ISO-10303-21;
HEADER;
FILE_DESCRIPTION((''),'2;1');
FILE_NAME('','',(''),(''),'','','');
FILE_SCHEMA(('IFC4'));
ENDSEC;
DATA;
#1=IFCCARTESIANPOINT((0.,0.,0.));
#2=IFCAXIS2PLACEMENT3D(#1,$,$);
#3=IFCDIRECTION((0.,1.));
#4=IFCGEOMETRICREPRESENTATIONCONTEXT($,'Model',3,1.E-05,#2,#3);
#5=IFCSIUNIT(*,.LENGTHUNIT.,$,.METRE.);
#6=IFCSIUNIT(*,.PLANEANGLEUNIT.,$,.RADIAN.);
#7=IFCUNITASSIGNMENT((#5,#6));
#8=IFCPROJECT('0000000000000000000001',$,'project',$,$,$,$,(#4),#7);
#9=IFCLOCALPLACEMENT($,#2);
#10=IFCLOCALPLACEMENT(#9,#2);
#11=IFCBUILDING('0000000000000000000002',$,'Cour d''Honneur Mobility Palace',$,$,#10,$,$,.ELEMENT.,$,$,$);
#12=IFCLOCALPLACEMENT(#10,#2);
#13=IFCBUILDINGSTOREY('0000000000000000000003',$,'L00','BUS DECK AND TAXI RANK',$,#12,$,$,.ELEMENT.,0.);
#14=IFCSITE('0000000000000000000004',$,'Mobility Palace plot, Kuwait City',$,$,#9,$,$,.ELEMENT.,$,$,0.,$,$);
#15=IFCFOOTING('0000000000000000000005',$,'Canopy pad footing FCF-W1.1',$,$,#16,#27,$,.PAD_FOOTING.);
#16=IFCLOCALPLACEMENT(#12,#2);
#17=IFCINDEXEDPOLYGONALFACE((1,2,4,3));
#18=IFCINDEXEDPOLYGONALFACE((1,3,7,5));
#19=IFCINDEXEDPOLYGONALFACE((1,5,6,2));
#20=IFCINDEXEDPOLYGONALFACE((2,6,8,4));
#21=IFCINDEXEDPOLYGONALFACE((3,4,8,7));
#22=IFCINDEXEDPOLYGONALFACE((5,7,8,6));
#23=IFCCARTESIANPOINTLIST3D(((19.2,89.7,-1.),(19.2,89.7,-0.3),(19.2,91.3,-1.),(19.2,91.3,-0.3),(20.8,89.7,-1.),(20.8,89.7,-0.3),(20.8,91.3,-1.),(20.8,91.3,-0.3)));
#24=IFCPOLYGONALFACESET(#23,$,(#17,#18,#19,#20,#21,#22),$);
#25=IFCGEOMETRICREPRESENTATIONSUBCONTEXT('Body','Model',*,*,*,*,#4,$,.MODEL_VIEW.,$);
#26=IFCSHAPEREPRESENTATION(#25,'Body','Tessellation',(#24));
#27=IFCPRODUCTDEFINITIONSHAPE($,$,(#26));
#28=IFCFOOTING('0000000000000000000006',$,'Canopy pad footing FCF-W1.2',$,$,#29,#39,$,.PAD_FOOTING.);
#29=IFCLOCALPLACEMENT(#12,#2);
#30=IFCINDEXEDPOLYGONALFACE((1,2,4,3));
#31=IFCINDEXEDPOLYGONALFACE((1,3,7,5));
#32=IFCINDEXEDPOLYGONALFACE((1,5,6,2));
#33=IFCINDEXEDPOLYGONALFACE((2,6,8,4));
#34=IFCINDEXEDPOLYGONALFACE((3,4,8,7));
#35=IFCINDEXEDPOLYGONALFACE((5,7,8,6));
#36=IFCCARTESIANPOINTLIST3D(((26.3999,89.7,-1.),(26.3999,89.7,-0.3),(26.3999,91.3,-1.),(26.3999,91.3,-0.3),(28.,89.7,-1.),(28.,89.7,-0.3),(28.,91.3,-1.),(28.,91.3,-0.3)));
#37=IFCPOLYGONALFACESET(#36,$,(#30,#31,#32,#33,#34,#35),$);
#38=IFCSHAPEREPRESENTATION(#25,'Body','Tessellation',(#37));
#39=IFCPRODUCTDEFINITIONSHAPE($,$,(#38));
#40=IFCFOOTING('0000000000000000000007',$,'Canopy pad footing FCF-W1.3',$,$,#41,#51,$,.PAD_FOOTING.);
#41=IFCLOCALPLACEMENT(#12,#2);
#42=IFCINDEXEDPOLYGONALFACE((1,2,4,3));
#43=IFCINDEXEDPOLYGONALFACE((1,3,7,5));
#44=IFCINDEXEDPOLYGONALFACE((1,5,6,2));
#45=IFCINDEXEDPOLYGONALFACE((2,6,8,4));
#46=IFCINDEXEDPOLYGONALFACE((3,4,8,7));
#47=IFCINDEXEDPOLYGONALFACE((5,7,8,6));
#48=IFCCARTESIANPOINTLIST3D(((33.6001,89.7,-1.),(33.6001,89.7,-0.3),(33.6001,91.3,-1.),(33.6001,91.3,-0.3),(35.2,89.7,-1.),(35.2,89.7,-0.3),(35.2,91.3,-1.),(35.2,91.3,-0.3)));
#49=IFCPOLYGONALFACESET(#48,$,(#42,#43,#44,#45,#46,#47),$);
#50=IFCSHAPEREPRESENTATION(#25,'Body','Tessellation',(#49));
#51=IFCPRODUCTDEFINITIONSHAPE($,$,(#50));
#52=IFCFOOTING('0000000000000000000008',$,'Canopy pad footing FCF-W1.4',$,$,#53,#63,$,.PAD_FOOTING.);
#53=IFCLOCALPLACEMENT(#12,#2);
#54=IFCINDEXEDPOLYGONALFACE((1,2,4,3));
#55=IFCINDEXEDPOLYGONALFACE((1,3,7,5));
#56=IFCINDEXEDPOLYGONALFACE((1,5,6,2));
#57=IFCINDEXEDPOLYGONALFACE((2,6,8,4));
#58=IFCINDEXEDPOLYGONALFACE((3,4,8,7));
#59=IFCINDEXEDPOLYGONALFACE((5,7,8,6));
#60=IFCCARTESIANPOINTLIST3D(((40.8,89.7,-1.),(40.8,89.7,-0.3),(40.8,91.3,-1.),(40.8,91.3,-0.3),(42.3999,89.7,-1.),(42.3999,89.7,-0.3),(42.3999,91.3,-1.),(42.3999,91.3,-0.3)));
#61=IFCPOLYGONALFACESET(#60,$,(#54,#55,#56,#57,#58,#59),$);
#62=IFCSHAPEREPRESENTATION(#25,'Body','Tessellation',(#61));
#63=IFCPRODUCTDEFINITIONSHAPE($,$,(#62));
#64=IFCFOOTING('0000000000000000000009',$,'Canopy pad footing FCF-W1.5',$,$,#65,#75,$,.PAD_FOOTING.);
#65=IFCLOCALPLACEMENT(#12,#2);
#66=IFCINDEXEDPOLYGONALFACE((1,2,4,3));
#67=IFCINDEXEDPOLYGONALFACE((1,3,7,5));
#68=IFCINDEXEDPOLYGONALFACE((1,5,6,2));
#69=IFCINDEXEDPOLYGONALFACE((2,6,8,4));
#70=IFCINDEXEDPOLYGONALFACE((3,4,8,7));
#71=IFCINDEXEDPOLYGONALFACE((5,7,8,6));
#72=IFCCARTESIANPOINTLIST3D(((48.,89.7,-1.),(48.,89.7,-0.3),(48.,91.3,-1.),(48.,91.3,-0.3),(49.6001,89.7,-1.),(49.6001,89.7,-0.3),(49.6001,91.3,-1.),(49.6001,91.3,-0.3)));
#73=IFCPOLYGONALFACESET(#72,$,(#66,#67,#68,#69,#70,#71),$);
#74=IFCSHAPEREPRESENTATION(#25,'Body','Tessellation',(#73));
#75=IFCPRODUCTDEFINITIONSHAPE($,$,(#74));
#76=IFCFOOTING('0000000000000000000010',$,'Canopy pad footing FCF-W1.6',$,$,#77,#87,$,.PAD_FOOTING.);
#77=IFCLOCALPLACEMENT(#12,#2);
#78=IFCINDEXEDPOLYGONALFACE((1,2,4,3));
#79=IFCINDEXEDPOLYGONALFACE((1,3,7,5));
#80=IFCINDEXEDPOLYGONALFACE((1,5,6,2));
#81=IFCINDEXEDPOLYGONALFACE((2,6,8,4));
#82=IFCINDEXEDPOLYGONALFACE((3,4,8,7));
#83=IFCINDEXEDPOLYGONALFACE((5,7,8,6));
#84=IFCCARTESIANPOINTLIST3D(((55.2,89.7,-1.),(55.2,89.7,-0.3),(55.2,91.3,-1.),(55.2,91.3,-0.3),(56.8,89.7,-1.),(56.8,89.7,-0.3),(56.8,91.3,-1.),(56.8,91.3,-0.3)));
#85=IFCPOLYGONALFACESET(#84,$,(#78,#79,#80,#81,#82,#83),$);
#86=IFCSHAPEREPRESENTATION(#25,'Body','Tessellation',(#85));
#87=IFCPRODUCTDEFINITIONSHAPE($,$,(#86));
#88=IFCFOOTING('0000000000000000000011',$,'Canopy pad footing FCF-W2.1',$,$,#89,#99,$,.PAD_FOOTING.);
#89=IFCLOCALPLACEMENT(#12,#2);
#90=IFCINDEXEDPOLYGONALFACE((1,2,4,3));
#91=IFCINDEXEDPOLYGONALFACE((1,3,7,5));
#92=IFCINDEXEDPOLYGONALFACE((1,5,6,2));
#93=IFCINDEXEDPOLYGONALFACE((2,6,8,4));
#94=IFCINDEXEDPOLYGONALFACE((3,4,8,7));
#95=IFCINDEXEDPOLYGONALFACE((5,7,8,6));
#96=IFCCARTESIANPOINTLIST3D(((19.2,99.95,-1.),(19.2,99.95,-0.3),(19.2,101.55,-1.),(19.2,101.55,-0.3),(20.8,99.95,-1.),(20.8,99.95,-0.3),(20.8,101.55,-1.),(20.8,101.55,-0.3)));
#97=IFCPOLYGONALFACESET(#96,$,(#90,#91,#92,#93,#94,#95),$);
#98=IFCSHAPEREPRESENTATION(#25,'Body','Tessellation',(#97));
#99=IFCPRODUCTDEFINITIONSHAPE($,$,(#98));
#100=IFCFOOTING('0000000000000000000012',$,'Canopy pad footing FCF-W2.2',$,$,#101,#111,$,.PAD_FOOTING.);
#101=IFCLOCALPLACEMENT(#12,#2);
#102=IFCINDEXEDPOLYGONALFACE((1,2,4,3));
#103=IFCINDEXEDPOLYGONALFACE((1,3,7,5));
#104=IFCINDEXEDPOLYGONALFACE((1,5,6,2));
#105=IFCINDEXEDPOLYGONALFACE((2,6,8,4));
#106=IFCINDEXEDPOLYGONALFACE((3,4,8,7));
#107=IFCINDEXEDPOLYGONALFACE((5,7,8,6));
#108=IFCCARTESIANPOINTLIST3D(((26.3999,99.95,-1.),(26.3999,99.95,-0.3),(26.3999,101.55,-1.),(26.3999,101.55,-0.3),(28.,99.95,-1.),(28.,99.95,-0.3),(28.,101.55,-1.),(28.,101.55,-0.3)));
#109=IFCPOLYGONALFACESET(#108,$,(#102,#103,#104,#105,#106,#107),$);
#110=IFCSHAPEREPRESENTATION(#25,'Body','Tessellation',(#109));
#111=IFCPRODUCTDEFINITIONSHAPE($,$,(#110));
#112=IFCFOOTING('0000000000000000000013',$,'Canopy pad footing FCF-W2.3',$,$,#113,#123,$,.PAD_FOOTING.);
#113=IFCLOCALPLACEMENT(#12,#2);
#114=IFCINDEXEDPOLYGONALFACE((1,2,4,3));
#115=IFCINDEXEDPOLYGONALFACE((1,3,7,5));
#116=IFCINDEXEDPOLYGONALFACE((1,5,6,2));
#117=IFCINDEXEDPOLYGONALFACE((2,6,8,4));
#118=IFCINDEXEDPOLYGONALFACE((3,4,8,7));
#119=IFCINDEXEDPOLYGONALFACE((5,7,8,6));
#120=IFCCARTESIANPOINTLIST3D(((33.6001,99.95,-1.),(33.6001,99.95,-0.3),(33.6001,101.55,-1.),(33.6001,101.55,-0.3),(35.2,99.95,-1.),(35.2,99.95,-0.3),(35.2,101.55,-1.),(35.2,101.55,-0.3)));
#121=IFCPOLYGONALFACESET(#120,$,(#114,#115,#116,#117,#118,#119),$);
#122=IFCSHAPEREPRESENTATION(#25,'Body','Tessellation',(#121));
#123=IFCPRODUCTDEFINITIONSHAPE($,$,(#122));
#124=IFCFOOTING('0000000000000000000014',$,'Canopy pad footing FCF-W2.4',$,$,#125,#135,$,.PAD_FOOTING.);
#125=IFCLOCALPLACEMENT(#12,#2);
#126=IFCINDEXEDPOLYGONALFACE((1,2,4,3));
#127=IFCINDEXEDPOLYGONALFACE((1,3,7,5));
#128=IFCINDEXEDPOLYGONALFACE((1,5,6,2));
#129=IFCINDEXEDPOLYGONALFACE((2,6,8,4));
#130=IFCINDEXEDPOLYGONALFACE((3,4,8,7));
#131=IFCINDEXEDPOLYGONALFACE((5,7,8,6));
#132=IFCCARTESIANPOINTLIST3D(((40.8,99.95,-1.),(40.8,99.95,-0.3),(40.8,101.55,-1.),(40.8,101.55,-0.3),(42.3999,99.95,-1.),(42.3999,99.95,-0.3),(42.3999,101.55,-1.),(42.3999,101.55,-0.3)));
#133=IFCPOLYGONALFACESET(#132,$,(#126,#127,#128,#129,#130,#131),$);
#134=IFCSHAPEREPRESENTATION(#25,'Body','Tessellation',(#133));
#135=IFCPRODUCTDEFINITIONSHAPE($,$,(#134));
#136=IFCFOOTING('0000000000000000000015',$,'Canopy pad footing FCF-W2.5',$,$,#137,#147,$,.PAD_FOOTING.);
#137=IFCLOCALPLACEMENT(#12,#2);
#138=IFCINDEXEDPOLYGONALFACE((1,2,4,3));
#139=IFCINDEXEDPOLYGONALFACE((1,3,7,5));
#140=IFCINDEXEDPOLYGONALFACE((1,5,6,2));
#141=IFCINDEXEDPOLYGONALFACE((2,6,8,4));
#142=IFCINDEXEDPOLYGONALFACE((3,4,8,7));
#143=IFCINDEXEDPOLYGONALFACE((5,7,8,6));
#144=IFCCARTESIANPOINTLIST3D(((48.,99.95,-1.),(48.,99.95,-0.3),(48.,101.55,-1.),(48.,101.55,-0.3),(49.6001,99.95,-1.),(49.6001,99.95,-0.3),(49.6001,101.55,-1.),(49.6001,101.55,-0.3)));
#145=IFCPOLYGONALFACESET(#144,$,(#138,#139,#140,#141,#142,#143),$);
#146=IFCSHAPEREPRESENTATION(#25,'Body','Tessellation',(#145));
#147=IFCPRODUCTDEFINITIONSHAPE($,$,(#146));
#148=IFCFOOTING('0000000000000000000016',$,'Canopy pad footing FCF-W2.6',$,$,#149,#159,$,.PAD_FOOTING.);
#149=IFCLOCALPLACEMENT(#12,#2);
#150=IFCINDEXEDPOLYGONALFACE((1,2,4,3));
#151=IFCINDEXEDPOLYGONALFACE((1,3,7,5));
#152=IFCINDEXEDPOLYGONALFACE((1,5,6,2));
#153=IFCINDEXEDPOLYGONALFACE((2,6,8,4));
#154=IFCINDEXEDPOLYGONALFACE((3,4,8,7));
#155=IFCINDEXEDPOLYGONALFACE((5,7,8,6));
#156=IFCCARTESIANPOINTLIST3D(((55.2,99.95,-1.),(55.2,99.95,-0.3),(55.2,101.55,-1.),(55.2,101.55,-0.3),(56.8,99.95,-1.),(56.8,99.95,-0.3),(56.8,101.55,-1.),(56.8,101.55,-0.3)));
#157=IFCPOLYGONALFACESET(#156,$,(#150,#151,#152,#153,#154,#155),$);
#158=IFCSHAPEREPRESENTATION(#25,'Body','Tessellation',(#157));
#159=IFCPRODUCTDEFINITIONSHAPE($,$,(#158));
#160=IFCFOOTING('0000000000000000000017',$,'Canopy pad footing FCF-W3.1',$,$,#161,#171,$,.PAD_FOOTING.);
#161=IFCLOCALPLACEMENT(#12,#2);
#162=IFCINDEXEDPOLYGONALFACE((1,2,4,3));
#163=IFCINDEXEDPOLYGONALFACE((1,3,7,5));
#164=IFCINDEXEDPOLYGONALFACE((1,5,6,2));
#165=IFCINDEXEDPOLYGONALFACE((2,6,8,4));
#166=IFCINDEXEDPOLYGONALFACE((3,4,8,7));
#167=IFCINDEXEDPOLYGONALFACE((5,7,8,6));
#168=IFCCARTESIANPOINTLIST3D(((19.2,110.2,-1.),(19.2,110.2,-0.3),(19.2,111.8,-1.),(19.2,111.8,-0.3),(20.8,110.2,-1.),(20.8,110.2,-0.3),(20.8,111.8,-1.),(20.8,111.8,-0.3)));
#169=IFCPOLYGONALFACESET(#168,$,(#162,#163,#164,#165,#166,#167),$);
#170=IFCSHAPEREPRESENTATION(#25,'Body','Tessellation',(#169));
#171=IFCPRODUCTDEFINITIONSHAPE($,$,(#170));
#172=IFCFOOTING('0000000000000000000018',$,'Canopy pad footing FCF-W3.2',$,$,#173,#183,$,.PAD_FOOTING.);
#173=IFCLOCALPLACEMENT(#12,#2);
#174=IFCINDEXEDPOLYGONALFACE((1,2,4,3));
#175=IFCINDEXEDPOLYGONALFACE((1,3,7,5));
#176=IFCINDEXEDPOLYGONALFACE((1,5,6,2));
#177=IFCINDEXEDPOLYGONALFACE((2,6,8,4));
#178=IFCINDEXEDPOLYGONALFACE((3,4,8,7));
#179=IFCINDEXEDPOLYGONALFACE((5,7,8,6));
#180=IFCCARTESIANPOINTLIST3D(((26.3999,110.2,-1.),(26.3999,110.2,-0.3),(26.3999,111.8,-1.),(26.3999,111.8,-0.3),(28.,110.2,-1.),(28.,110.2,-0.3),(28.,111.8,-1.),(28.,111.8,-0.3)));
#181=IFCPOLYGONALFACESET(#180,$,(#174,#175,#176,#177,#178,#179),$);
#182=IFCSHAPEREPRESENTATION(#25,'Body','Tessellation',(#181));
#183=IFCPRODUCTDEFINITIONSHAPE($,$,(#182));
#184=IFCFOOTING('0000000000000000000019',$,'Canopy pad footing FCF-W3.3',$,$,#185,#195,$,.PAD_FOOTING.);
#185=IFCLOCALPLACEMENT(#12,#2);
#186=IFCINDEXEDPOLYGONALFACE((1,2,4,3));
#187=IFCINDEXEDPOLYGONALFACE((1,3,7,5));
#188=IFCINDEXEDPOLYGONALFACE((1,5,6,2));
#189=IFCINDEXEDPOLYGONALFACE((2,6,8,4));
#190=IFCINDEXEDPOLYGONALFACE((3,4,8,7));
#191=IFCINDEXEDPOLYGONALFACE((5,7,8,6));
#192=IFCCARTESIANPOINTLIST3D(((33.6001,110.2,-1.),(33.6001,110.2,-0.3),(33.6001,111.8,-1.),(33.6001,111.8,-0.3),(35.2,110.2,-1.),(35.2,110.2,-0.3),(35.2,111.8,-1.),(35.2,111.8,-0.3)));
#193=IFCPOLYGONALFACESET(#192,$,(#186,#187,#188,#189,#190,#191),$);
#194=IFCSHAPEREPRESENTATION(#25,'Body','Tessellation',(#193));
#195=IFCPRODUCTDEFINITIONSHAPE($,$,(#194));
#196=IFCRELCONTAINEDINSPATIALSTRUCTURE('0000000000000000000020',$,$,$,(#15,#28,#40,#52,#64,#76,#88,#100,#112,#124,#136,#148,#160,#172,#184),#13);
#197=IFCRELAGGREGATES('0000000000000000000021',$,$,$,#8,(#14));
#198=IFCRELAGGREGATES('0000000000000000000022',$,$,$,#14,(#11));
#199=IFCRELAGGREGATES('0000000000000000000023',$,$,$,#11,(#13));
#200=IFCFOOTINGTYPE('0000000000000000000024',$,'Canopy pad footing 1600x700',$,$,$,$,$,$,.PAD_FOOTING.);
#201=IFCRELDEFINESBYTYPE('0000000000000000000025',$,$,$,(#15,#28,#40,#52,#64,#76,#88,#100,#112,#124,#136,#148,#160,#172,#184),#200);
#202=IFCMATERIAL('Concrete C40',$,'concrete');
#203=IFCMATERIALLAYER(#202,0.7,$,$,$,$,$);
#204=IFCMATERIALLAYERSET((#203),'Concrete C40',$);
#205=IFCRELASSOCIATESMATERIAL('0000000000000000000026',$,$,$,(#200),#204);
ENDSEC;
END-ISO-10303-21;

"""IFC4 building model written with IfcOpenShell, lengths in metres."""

from ifc_helpers import new_model, si_unit, direction, frame, origin, place, context, subcontext, project, spatial, polyline, outline, extrude, material, layer, layer_set, type_object, element, save


model = new_model("IFC4")

# Units and contexts
model_context = context("Model", 3, precision=1e-05, world=origin(), true_north=direction((0.0, 1.0)))
body_context = subcontext(model_context, "Body", "Model", "MODEL_VIEW")
ifc_project = project(units=[si_unit("LENGTHUNIT", "METRE"), si_unit("PLANEANGLEUNIT", "RADIAN")], contexts=[model_context])

# Site, building, storey
site_placement = place(None, origin())
site = spatial("IfcSite", under=ifc_project, at=site_placement, Name="Mobility Palace plot, Kuwait City", CompositionType="ELEMENT", RefElevation=0.0)
building_placement = place(site_placement, origin())
building = spatial("IfcBuilding", under=site, at=building_placement, Name="Cour d'Honneur Mobility Palace", CompositionType="ELEMENT")
storey_placement = place(building_placement, origin())
storey = spatial("IfcBuildingStorey", under=building, at=storey_placement, Name="L00", Description="BUS DECK AND TAXI RANK", CompositionType="ELEMENT", Elevation=0.0)

# Footings
ifc_material = material(Name="Concrete C40", Category="concrete")
ifc_layer = layer(ifc_material, 0.7)
ifc_layer_set = layer_set([ifc_layer], Name="Concrete C40")
footing_type = type_object("IfcFootingType", Name="Canopy pad footing 1600x700", PredefinedType="PAD_FOOTING", material=ifc_layer_set)
footing_1_placement = place(storey_placement, frame((0.0, 0.0, -1.0)))
element("IfcFooting", 1, at=footing_1_placement, inside=storey, type_object=footing_type, Name="Canopy pad footing FCF-W1.1", PredefinedType="PAD_FOOTING", context=body_context, shape_type="SweptSolid", body=[
    extrude(outline(polyline([(19.2, 89.7), (20.8, 89.7), (20.8, 91.3), (19.2, 91.3), (19.2, 89.7)])), origin(), (0.0, 0.0, 1.0), 0.7),
])
footing_2_placement = place(storey_placement, frame((0.0, 0.0, -1.0)))
element("IfcFooting", 2, at=footing_2_placement, inside=storey, type_object=footing_type, Name="Canopy pad footing FCF-W1.2", PredefinedType="PAD_FOOTING", context=body_context, shape_type="SweptSolid", body=[
    extrude(outline(polyline([(26.3999, 89.7), (28.0, 89.7), (28.0, 91.3), (26.3999, 91.3), (26.3999, 89.7)])), origin(), (0.0, 0.0, 1.0), 0.7),
])
footing_3_placement = place(storey_placement, frame((0.0, 0.0, -1.0)))
element("IfcFooting", 3, at=footing_3_placement, inside=storey, type_object=footing_type, Name="Canopy pad footing FCF-W1.3", PredefinedType="PAD_FOOTING", context=body_context, shape_type="SweptSolid", body=[
    extrude(outline(polyline([(33.6001, 89.7), (35.2, 89.7), (35.2, 91.3), (33.6001, 91.3), (33.6001, 89.7)])), origin(), (0.0, 0.0, 1.0), 0.7),
])
footing_4_placement = place(storey_placement, frame((0.0, 0.0, -1.0)))
element("IfcFooting", 4, at=footing_4_placement, inside=storey, type_object=footing_type, Name="Canopy pad footing FCF-W1.4", PredefinedType="PAD_FOOTING", context=body_context, shape_type="SweptSolid", body=[
    extrude(outline(polyline([(40.8, 89.7), (42.3999, 89.7), (42.3999, 91.3), (40.8, 91.3), (40.8, 89.7)])), origin(), (0.0, 0.0, 1.0), 0.7),
])
footing_5_placement = place(storey_placement, frame((0.0, 0.0, -1.0)))
element("IfcFooting", 5, at=footing_5_placement, inside=storey, type_object=footing_type, Name="Canopy pad footing FCF-W1.5", PredefinedType="PAD_FOOTING", context=body_context, shape_type="SweptSolid", body=[
    extrude(outline(polyline([(48.0, 89.7), (49.6001, 89.7), (49.6001, 91.3), (48.0, 91.3), (48.0, 89.7)])), origin(), (0.0, 0.0, 1.0), 0.7),
])
footing_6_placement = place(storey_placement, frame((0.0, 0.0, -1.0)))
element("IfcFooting", 6, at=footing_6_placement, inside=storey, type_object=footing_type, Name="Canopy pad footing FCF-W1.6", PredefinedType="PAD_FOOTING", context=body_context, shape_type="SweptSolid", body=[
    extrude(outline(polyline([(55.2, 89.7), (56.8, 89.7), (56.8, 91.3), (55.2, 91.3), (55.2, 89.7)])), origin(), (0.0, 0.0, 1.0), 0.7),
])
footing_7_placement = place(storey_placement, frame((0.0, 0.0, -1.0)))
element("IfcFooting", 7, at=footing_7_placement, inside=storey, type_object=footing_type, Name="Canopy pad footing FCF-W2.1", PredefinedType="PAD_FOOTING", context=body_context, shape_type="SweptSolid", body=[
    extrude(outline(polyline([(19.2, 99.95), (20.8, 99.95), (20.8, 101.55), (19.2, 101.55), (19.2, 99.95)])), origin(), (0.0, 0.0, 1.0), 0.7),
])
footing_8_placement = place(storey_placement, frame((0.0, 0.0, -1.0)))
element("IfcFooting", 8, at=footing_8_placement, inside=storey, type_object=footing_type, Name="Canopy pad footing FCF-W2.2", PredefinedType="PAD_FOOTING", context=body_context, shape_type="SweptSolid", body=[
    extrude(outline(polyline([(26.3999, 99.95), (28.0, 99.95), (28.0, 101.55), (26.3999, 101.55), (26.3999, 99.95)])), origin(), (0.0, 0.0, 1.0), 0.7),
])
footing_9_placement = place(storey_placement, frame((0.0, 0.0, -1.0)))
element("IfcFooting", 9, at=footing_9_placement, inside=storey, type_object=footing_type, Name="Canopy pad footing FCF-W2.3", PredefinedType="PAD_FOOTING", context=body_context, shape_type="SweptSolid", body=[
    extrude(outline(polyline([(33.6001, 99.95), (35.2, 99.95), (35.2, 101.55), (33.6001, 101.55), (33.6001, 99.95)])), origin(), (0.0, 0.0, 1.0), 0.7),
])
footing_10_placement = place(storey_placement, frame((0.0, 0.0, -1.0)))
element("IfcFooting", 10, at=footing_10_placement, inside=storey, type_object=footing_type, Name="Canopy pad footing FCF-W2.4", PredefinedType="PAD_FOOTING", context=body_context, shape_type="SweptSolid", body=[
    extrude(outline(polyline([(40.8, 99.95), (42.3999, 99.95), (42.3999, 101.55), (40.8, 101.55), (40.8, 99.95)])), origin(), (0.0, 0.0, 1.0), 0.7),
])
footing_11_placement = place(storey_placement, frame((0.0, 0.0, -1.0)))
element("IfcFooting", 11, at=footing_11_placement, inside=storey, type_object=footing_type, Name="Canopy pad footing FCF-W2.5", PredefinedType="PAD_FOOTING", context=body_context, shape_type="SweptSolid", body=[
    extrude(outline(polyline([(48.0, 99.95), (49.6001, 99.95), (49.6001, 101.55), (48.0, 101.55), (48.0, 99.95)])), origin(), (0.0, 0.0, 1.0), 0.7),
])
footing_12_placement = place(storey_placement, frame((0.0, 0.0, -1.0)))
element("IfcFooting", 12, at=footing_12_placement, inside=storey, type_object=footing_type, Name="Canopy pad footing FCF-W2.6", PredefinedType="PAD_FOOTING", context=body_context, shape_type="SweptSolid", body=[
    extrude(outline(polyline([(55.2, 99.95), (56.8, 99.95), (56.8, 101.55), (55.2, 101.55), (55.2, 99.95)])), origin(), (0.0, 0.0, 1.0), 0.7),
])
footing_13_placement = place(storey_placement, frame((0.0, 0.0, -1.0)))
element("IfcFooting", 13, at=footing_13_placement, inside=storey, type_object=footing_type, Name="Canopy pad footing FCF-W3.1", PredefinedType="PAD_FOOTING", context=body_context, shape_type="SweptSolid", body=[
    extrude(outline(polyline([(19.2, 110.2), (20.8, 110.2), (20.8, 111.8), (19.2, 111.8), (19.2, 110.2)])), origin(), (0.0, 0.0, 1.0), 0.7),
])
footing_14_placement = place(storey_placement, frame((0.0, 0.0, -1.0)))
element("IfcFooting", 14, at=footing_14_placement, inside=storey, type_object=footing_type, Name="Canopy pad footing FCF-W3.2", PredefinedType="PAD_FOOTING", context=body_context, shape_type="SweptSolid", body=[
    extrude(outline(polyline([(26.3999, 110.2), (28.0, 110.2), (28.0, 111.8), (26.3999, 111.8), (26.3999, 110.2)])), origin(), (0.0, 0.0, 1.0), 0.7),
])
footing_15_placement = place(storey_placement, frame((0.0, 0.0, -1.0)))
element("IfcFooting", 15, at=footing_15_placement, inside=storey, type_object=footing_type, Name="Canopy pad footing FCF-W3.3", PredefinedType="PAD_FOOTING", context=body_context, shape_type="SweptSolid", body=[
    extrude(outline(polyline([(33.6001, 110.2), (35.2, 110.2), (35.2, 111.8), (33.6001, 111.8), (33.6001, 110.2)])), origin(), (0.0, 0.0, 1.0), 0.7),
])

save(model, "model.ifc")
